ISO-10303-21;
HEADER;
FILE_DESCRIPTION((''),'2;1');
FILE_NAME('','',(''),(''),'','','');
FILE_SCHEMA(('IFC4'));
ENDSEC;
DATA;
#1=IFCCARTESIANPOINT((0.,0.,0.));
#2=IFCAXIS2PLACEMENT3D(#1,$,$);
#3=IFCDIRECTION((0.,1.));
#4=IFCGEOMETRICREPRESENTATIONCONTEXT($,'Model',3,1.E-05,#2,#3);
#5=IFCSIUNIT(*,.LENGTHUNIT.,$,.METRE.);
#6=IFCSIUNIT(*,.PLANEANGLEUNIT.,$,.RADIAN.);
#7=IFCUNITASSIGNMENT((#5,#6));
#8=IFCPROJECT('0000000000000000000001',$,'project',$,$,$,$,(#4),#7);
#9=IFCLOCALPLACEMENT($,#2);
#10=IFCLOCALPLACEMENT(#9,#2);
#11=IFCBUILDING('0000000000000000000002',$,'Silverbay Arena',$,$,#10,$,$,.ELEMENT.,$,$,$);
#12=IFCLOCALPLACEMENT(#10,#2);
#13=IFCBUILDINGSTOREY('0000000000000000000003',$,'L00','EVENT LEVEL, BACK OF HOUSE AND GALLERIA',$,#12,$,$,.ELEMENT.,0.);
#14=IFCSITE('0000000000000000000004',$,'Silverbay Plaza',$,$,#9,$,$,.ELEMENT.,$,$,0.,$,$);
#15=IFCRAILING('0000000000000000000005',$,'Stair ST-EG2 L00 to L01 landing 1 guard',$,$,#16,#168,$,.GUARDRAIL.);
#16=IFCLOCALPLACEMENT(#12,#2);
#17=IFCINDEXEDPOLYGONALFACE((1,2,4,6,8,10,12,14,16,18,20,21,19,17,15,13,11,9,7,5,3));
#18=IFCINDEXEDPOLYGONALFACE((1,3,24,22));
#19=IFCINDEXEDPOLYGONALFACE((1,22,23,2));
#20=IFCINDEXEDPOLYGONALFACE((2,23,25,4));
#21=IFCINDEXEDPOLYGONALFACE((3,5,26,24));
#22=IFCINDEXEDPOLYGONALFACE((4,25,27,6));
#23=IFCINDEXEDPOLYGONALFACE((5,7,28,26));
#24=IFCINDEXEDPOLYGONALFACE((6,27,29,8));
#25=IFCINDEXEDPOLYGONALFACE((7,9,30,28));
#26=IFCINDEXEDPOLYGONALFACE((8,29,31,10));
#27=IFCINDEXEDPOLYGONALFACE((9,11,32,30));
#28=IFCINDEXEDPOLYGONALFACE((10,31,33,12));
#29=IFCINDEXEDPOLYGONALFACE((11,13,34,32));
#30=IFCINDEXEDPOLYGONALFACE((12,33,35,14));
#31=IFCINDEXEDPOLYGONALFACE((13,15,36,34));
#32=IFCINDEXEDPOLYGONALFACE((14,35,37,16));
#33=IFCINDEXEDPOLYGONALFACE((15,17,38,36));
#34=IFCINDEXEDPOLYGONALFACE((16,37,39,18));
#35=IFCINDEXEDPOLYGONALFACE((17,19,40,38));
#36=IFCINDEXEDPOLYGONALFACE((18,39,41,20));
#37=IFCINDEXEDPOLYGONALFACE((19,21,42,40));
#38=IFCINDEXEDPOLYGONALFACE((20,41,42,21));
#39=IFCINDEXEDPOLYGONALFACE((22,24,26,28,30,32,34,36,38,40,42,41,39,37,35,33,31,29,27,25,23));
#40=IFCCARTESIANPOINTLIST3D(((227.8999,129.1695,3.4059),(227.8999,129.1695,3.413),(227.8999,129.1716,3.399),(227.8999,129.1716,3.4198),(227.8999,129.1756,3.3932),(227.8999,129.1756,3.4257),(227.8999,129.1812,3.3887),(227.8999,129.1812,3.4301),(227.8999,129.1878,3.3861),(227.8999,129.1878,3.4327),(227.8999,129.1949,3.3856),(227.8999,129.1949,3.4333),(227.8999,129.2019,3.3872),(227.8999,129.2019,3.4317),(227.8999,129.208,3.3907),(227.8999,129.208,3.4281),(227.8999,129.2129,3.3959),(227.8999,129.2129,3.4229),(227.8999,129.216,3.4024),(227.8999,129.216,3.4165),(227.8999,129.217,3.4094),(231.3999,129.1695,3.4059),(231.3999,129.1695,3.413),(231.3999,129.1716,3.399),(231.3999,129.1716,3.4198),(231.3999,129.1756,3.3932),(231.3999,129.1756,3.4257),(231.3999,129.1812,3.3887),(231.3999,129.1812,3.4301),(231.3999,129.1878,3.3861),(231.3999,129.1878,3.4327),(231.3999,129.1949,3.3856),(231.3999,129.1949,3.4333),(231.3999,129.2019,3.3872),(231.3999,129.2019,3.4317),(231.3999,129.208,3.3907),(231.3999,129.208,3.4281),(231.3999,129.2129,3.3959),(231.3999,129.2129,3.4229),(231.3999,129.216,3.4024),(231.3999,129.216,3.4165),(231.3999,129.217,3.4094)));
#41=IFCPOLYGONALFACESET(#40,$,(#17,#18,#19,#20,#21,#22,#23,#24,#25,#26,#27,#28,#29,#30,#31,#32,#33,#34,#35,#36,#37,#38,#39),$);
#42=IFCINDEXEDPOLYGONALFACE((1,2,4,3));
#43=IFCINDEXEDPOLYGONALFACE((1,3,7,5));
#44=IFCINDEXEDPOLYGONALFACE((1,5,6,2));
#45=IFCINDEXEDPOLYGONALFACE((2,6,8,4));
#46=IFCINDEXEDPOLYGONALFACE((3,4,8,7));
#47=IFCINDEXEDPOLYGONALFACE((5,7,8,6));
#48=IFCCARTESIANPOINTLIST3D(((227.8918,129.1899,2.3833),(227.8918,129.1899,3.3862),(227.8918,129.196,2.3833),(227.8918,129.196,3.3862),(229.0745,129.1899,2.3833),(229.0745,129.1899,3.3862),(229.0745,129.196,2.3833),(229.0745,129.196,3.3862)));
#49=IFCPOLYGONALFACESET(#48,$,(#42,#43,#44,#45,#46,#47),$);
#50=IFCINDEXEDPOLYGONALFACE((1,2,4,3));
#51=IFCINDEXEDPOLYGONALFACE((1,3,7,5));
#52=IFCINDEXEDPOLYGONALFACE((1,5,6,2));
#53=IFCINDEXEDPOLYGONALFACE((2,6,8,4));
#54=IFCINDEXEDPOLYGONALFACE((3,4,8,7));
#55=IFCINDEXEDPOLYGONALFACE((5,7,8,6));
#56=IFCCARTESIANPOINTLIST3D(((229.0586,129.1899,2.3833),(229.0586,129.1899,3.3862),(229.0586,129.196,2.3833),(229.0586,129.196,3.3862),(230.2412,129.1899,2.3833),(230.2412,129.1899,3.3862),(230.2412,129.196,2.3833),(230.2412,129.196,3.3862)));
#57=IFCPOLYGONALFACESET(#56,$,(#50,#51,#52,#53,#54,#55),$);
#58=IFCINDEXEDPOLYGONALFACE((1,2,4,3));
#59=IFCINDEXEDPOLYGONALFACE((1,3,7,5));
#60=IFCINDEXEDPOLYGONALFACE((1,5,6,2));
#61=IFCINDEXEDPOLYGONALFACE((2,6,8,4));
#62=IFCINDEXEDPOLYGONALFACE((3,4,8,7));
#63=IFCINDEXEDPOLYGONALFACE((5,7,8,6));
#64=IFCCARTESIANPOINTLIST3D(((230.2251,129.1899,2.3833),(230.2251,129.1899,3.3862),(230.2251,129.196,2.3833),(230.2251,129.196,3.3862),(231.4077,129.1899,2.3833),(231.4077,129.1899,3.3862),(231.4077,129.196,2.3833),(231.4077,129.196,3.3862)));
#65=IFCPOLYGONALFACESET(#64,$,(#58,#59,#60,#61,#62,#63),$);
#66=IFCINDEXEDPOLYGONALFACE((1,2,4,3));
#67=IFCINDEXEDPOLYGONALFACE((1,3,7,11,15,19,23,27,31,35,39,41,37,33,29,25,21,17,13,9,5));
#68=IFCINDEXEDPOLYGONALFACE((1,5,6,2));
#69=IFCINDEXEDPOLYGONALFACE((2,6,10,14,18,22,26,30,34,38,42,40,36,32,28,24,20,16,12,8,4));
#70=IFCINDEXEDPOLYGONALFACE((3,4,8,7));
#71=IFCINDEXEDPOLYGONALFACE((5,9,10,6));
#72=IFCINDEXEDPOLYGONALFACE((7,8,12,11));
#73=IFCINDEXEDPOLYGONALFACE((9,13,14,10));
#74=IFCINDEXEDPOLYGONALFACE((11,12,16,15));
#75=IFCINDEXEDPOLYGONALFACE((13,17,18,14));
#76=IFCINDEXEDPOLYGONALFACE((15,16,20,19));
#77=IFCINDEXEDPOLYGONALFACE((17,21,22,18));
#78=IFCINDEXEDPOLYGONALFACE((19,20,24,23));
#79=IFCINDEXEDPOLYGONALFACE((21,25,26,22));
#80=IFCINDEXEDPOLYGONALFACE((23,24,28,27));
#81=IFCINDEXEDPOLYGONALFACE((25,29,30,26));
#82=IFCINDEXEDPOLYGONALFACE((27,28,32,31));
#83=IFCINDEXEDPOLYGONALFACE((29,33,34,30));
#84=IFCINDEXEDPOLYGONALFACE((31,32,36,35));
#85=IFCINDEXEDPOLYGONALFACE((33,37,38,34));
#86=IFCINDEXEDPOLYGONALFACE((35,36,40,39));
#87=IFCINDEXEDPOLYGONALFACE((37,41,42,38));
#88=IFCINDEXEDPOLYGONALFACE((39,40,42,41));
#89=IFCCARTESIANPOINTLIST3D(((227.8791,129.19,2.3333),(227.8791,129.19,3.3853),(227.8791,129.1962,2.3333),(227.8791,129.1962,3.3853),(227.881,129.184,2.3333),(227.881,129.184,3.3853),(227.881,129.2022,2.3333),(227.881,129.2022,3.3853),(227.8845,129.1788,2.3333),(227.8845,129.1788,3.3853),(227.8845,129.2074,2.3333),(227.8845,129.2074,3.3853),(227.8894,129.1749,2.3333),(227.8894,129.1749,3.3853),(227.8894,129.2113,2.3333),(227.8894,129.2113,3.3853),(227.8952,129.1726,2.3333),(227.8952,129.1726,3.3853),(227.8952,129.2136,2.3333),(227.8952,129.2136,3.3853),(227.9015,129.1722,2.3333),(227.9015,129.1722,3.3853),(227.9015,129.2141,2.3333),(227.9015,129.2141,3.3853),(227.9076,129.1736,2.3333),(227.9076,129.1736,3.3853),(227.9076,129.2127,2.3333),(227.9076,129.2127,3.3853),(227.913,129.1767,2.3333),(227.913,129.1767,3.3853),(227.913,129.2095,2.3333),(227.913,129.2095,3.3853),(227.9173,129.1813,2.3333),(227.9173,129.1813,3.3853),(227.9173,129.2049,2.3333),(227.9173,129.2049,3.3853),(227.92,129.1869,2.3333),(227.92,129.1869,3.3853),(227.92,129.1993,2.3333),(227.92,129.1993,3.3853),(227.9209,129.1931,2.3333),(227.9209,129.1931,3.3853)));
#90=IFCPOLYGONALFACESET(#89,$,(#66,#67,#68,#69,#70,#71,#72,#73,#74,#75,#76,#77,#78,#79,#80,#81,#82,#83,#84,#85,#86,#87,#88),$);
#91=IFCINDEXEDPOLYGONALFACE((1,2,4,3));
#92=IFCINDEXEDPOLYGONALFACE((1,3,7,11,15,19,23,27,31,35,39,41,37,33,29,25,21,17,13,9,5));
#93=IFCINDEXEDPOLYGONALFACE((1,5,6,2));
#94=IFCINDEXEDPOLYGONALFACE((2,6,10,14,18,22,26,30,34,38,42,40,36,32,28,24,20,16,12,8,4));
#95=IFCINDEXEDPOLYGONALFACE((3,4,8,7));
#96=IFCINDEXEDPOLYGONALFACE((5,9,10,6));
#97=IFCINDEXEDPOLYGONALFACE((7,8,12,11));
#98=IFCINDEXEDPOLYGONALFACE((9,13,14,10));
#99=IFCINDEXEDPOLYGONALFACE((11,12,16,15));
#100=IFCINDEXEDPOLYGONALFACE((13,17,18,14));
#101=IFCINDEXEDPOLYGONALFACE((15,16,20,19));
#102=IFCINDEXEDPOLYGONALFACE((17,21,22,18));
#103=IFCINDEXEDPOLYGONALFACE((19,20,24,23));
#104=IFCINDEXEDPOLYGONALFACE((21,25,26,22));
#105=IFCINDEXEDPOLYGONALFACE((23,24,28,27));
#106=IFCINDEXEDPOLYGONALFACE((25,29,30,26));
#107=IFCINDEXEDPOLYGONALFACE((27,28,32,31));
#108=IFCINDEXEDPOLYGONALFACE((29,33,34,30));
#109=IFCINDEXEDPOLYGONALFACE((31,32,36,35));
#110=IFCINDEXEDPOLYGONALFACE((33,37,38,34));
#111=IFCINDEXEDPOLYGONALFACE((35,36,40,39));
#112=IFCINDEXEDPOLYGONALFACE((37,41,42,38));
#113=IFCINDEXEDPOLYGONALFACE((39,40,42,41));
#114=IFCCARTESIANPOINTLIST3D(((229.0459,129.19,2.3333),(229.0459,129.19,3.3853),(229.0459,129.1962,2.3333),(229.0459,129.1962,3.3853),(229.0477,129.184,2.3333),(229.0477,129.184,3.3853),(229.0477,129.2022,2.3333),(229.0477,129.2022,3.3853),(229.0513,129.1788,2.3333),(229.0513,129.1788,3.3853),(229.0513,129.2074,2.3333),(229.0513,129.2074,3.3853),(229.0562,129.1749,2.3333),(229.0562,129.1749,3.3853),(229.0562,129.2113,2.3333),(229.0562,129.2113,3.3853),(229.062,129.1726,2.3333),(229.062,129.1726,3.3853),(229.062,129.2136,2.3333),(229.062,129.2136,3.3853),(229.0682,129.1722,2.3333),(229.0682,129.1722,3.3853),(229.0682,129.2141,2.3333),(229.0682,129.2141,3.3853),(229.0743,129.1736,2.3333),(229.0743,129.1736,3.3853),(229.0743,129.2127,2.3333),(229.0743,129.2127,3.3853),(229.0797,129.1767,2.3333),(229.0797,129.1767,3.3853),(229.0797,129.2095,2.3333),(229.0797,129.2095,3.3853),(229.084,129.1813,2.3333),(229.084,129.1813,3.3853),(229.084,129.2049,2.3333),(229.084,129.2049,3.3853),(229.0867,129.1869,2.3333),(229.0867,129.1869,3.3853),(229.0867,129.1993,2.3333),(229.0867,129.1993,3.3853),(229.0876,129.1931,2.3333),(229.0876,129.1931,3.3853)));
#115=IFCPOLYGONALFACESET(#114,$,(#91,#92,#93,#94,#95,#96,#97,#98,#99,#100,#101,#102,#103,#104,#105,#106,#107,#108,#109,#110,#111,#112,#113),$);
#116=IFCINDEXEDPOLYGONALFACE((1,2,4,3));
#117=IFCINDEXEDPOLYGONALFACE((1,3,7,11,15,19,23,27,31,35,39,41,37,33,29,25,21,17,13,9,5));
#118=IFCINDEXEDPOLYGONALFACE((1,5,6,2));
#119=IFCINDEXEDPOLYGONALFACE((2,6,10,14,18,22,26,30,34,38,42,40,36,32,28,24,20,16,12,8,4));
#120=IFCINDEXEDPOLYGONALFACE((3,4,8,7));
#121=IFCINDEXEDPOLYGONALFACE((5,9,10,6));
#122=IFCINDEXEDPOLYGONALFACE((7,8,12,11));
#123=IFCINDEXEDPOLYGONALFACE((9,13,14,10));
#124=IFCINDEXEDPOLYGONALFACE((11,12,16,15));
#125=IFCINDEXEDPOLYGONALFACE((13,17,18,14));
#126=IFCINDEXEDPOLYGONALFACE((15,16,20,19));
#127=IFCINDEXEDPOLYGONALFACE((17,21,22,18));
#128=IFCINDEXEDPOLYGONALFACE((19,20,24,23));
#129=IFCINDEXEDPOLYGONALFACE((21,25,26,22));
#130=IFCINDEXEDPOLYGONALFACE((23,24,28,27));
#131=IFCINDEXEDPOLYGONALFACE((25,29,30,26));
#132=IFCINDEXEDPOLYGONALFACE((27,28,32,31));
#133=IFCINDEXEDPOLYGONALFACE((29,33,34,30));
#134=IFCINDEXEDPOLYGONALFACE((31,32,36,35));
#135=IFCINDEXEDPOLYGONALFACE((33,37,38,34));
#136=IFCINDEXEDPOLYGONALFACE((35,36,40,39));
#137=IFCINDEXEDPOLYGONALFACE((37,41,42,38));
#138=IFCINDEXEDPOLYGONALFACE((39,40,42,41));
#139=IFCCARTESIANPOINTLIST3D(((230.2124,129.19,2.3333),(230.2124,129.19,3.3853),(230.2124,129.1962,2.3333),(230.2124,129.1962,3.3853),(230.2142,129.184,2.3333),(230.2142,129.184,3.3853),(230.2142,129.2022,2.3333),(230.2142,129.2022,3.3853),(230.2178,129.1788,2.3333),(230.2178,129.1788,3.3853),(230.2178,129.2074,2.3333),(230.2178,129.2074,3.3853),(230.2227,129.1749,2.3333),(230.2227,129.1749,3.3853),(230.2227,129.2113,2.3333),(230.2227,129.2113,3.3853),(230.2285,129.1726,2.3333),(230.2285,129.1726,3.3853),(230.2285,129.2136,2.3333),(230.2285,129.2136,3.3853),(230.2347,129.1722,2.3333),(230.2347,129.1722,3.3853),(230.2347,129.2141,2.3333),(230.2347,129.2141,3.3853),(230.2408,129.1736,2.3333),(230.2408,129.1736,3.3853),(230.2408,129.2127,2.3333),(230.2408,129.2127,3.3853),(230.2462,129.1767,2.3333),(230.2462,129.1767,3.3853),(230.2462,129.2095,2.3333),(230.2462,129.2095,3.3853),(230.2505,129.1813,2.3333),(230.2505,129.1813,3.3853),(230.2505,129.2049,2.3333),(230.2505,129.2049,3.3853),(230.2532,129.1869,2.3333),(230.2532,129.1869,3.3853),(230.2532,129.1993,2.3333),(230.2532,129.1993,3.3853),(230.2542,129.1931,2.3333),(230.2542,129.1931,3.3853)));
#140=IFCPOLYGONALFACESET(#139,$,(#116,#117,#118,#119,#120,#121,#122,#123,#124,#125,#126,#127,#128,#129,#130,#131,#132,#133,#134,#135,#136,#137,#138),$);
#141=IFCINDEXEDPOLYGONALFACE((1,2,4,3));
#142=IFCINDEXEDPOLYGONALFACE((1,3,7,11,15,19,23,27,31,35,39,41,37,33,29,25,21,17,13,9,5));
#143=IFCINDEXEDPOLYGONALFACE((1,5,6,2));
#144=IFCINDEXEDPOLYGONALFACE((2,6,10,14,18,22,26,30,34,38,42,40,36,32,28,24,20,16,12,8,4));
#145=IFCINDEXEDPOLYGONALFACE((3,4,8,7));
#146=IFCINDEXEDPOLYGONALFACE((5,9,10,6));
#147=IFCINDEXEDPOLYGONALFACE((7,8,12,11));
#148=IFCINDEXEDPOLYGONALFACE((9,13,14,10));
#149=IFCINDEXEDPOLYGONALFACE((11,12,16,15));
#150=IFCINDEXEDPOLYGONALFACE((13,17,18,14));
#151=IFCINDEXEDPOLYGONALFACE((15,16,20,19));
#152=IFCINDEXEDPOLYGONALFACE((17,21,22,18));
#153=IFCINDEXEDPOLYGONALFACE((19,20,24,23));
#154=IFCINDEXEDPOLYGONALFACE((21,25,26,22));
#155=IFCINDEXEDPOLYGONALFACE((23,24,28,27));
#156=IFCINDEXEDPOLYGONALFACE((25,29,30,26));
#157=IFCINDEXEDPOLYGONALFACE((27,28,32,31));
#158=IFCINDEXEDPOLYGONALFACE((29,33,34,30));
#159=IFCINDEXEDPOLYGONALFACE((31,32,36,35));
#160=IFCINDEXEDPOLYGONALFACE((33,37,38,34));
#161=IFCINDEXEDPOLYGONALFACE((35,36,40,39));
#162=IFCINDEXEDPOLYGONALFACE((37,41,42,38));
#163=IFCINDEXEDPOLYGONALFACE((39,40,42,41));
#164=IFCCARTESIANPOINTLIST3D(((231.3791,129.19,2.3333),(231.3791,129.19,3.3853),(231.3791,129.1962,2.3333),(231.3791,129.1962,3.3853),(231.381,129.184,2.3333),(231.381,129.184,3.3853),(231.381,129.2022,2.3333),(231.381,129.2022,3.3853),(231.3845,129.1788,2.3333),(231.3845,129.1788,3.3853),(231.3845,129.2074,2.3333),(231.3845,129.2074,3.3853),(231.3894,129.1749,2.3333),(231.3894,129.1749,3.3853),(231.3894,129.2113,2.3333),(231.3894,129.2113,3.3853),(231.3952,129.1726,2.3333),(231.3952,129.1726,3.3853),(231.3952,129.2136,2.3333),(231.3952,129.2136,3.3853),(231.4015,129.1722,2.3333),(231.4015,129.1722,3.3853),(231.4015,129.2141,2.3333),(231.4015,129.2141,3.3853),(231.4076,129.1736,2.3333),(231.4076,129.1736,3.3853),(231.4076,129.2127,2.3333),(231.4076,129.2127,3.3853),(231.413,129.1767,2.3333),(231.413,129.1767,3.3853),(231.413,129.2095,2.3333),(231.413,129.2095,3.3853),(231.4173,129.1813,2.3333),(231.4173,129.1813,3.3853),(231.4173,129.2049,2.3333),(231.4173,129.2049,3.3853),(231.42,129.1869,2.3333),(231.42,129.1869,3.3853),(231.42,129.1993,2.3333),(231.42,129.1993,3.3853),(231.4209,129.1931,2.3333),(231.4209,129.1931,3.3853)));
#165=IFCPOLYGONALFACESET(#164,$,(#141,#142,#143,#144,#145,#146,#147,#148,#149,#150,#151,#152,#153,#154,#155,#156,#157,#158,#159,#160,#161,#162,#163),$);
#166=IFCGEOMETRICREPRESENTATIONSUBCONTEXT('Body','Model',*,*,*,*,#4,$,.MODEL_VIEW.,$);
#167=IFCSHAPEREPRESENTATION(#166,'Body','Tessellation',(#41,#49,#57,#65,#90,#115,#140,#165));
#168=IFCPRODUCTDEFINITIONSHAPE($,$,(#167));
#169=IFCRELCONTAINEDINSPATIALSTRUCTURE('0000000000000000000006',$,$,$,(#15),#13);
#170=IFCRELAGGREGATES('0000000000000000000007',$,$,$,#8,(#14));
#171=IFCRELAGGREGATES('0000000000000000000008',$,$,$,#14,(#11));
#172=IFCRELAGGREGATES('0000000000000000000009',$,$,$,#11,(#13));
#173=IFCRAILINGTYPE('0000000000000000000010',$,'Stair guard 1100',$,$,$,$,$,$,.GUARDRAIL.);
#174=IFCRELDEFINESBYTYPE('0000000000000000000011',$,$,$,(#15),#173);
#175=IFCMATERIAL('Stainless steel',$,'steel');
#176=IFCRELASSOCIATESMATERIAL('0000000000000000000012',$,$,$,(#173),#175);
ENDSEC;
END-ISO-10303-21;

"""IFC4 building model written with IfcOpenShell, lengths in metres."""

from ifc_helpers import new_model, si_unit, direction, frame, origin, origin_2d, place, context, subcontext, project, spatial, polyline, circle, outline, extrude, material, type_object, element, save


model = new_model("IFC4")

# Units and contexts
model_context = context("Model", 3, precision=1e-05, world=origin(), true_north=direction((0.0, 1.0)))
body_context = subcontext(model_context, "Body", "Model", "MODEL_VIEW")
ifc_project = project(units=[si_unit("LENGTHUNIT", "METRE"), si_unit("PLANEANGLEUNIT", "RADIAN")], contexts=[model_context])

# Site, building, storey
site_placement = place(None, origin())
site = spatial("IfcSite", under=ifc_project, at=site_placement, Name="Silverbay Plaza", CompositionType="ELEMENT", RefElevation=0.0)
building_placement = place(site_placement, origin())
building = spatial("IfcBuilding", under=site, at=building_placement, Name="Silverbay Arena", CompositionType="ELEMENT")
storey_placement = place(building_placement, origin())
storey = spatial("IfcBuildingStorey", under=building, at=storey_placement, Name="L00", Description="EVENT LEVEL, BACK OF HOUSE AND GALLERIA", CompositionType="ELEMENT", Elevation=0.0)

# Railing
ifc_material_1 = material(Name="Stainless steel", Category="steel")
railing_type_1 = type_object("IfcRailingType", Name="Stair guard 1100", PredefinedType="GUARDRAIL", material=ifc_material_1)
railing_1_placement = place(storey_placement, frame((227.8999, 129.1931, 2.3333)))
element("IfcRailing", 1, at=railing_1_placement, inside=storey, type_object=railing_type_1, Name="Stair ST-EG2 L00 to L01 landing 1 guard", PredefinedType="GUARDRAIL", context=body_context, shape_type="SweptSolid", body=[
    extrude(circle(Radius=0.0239, at=origin_2d()), frame((0.0, 0.0, 1.0762), z_axis=(1.0, 0.0, 0.0), x_axis=(0.0, 1.0, 0.0)), (0.0, 0.0, 1.0), 3.5),
    extrude(outline(polyline([(-0.0081, 0.05), (1.1746, 0.05), (1.1746, 1.053), (-0.0081, 1.053), (-0.0081, 0.05)])), frame((0.0, 0.0029, 0.0), z_axis=(0.0, -1.0, 0.0), x_axis=(1.0, 0.0, 0.0)), (0.0, 0.0, 1.0), 0.0061),
    extrude(outline(polyline([(-0.0081, 0.05), (1.1746, 0.05), (1.1746, 1.053), (-0.0081, 1.053), (-0.0081, 0.05)])), frame((1.1667, 0.0029, 0.0), z_axis=(0.0, -1.0, 0.0), x_axis=(1.0, 0.0, 0.0)), (0.0, 0.0, 1.0), 0.0061),
    extrude(outline(polyline([(-0.0081, 0.05), (1.1746, 0.05), (1.1746, 1.053), (-0.0081, 1.053), (-0.0081, 0.05)])), frame((2.3333, 0.0029, 0.0), z_axis=(0.0, -1.0, 0.0), x_axis=(1.0, 0.0, 0.0)), (0.0, 0.0, 1.0), 0.0061),
    extrude(circle(Radius=0.021, at=origin_2d()), origin(), (0.0, 0.0, 1.0), 1.052),
    extrude(circle(Radius=0.021, at=origin_2d()), frame((1.1667, 0.0, 0.0)), (0.0, 0.0, 1.0), 1.052),
    extrude(circle(Radius=0.021, at=origin_2d()), frame((2.3333, 0.0, 0.0)), (0.0, 0.0, 1.0), 1.052),
    extrude(circle(Radius=0.021, at=origin_2d()), frame((3.5, 0.0, 0.0)), (0.0, 0.0, 1.0), 1.052),
])

save(model, "model.ifc")
